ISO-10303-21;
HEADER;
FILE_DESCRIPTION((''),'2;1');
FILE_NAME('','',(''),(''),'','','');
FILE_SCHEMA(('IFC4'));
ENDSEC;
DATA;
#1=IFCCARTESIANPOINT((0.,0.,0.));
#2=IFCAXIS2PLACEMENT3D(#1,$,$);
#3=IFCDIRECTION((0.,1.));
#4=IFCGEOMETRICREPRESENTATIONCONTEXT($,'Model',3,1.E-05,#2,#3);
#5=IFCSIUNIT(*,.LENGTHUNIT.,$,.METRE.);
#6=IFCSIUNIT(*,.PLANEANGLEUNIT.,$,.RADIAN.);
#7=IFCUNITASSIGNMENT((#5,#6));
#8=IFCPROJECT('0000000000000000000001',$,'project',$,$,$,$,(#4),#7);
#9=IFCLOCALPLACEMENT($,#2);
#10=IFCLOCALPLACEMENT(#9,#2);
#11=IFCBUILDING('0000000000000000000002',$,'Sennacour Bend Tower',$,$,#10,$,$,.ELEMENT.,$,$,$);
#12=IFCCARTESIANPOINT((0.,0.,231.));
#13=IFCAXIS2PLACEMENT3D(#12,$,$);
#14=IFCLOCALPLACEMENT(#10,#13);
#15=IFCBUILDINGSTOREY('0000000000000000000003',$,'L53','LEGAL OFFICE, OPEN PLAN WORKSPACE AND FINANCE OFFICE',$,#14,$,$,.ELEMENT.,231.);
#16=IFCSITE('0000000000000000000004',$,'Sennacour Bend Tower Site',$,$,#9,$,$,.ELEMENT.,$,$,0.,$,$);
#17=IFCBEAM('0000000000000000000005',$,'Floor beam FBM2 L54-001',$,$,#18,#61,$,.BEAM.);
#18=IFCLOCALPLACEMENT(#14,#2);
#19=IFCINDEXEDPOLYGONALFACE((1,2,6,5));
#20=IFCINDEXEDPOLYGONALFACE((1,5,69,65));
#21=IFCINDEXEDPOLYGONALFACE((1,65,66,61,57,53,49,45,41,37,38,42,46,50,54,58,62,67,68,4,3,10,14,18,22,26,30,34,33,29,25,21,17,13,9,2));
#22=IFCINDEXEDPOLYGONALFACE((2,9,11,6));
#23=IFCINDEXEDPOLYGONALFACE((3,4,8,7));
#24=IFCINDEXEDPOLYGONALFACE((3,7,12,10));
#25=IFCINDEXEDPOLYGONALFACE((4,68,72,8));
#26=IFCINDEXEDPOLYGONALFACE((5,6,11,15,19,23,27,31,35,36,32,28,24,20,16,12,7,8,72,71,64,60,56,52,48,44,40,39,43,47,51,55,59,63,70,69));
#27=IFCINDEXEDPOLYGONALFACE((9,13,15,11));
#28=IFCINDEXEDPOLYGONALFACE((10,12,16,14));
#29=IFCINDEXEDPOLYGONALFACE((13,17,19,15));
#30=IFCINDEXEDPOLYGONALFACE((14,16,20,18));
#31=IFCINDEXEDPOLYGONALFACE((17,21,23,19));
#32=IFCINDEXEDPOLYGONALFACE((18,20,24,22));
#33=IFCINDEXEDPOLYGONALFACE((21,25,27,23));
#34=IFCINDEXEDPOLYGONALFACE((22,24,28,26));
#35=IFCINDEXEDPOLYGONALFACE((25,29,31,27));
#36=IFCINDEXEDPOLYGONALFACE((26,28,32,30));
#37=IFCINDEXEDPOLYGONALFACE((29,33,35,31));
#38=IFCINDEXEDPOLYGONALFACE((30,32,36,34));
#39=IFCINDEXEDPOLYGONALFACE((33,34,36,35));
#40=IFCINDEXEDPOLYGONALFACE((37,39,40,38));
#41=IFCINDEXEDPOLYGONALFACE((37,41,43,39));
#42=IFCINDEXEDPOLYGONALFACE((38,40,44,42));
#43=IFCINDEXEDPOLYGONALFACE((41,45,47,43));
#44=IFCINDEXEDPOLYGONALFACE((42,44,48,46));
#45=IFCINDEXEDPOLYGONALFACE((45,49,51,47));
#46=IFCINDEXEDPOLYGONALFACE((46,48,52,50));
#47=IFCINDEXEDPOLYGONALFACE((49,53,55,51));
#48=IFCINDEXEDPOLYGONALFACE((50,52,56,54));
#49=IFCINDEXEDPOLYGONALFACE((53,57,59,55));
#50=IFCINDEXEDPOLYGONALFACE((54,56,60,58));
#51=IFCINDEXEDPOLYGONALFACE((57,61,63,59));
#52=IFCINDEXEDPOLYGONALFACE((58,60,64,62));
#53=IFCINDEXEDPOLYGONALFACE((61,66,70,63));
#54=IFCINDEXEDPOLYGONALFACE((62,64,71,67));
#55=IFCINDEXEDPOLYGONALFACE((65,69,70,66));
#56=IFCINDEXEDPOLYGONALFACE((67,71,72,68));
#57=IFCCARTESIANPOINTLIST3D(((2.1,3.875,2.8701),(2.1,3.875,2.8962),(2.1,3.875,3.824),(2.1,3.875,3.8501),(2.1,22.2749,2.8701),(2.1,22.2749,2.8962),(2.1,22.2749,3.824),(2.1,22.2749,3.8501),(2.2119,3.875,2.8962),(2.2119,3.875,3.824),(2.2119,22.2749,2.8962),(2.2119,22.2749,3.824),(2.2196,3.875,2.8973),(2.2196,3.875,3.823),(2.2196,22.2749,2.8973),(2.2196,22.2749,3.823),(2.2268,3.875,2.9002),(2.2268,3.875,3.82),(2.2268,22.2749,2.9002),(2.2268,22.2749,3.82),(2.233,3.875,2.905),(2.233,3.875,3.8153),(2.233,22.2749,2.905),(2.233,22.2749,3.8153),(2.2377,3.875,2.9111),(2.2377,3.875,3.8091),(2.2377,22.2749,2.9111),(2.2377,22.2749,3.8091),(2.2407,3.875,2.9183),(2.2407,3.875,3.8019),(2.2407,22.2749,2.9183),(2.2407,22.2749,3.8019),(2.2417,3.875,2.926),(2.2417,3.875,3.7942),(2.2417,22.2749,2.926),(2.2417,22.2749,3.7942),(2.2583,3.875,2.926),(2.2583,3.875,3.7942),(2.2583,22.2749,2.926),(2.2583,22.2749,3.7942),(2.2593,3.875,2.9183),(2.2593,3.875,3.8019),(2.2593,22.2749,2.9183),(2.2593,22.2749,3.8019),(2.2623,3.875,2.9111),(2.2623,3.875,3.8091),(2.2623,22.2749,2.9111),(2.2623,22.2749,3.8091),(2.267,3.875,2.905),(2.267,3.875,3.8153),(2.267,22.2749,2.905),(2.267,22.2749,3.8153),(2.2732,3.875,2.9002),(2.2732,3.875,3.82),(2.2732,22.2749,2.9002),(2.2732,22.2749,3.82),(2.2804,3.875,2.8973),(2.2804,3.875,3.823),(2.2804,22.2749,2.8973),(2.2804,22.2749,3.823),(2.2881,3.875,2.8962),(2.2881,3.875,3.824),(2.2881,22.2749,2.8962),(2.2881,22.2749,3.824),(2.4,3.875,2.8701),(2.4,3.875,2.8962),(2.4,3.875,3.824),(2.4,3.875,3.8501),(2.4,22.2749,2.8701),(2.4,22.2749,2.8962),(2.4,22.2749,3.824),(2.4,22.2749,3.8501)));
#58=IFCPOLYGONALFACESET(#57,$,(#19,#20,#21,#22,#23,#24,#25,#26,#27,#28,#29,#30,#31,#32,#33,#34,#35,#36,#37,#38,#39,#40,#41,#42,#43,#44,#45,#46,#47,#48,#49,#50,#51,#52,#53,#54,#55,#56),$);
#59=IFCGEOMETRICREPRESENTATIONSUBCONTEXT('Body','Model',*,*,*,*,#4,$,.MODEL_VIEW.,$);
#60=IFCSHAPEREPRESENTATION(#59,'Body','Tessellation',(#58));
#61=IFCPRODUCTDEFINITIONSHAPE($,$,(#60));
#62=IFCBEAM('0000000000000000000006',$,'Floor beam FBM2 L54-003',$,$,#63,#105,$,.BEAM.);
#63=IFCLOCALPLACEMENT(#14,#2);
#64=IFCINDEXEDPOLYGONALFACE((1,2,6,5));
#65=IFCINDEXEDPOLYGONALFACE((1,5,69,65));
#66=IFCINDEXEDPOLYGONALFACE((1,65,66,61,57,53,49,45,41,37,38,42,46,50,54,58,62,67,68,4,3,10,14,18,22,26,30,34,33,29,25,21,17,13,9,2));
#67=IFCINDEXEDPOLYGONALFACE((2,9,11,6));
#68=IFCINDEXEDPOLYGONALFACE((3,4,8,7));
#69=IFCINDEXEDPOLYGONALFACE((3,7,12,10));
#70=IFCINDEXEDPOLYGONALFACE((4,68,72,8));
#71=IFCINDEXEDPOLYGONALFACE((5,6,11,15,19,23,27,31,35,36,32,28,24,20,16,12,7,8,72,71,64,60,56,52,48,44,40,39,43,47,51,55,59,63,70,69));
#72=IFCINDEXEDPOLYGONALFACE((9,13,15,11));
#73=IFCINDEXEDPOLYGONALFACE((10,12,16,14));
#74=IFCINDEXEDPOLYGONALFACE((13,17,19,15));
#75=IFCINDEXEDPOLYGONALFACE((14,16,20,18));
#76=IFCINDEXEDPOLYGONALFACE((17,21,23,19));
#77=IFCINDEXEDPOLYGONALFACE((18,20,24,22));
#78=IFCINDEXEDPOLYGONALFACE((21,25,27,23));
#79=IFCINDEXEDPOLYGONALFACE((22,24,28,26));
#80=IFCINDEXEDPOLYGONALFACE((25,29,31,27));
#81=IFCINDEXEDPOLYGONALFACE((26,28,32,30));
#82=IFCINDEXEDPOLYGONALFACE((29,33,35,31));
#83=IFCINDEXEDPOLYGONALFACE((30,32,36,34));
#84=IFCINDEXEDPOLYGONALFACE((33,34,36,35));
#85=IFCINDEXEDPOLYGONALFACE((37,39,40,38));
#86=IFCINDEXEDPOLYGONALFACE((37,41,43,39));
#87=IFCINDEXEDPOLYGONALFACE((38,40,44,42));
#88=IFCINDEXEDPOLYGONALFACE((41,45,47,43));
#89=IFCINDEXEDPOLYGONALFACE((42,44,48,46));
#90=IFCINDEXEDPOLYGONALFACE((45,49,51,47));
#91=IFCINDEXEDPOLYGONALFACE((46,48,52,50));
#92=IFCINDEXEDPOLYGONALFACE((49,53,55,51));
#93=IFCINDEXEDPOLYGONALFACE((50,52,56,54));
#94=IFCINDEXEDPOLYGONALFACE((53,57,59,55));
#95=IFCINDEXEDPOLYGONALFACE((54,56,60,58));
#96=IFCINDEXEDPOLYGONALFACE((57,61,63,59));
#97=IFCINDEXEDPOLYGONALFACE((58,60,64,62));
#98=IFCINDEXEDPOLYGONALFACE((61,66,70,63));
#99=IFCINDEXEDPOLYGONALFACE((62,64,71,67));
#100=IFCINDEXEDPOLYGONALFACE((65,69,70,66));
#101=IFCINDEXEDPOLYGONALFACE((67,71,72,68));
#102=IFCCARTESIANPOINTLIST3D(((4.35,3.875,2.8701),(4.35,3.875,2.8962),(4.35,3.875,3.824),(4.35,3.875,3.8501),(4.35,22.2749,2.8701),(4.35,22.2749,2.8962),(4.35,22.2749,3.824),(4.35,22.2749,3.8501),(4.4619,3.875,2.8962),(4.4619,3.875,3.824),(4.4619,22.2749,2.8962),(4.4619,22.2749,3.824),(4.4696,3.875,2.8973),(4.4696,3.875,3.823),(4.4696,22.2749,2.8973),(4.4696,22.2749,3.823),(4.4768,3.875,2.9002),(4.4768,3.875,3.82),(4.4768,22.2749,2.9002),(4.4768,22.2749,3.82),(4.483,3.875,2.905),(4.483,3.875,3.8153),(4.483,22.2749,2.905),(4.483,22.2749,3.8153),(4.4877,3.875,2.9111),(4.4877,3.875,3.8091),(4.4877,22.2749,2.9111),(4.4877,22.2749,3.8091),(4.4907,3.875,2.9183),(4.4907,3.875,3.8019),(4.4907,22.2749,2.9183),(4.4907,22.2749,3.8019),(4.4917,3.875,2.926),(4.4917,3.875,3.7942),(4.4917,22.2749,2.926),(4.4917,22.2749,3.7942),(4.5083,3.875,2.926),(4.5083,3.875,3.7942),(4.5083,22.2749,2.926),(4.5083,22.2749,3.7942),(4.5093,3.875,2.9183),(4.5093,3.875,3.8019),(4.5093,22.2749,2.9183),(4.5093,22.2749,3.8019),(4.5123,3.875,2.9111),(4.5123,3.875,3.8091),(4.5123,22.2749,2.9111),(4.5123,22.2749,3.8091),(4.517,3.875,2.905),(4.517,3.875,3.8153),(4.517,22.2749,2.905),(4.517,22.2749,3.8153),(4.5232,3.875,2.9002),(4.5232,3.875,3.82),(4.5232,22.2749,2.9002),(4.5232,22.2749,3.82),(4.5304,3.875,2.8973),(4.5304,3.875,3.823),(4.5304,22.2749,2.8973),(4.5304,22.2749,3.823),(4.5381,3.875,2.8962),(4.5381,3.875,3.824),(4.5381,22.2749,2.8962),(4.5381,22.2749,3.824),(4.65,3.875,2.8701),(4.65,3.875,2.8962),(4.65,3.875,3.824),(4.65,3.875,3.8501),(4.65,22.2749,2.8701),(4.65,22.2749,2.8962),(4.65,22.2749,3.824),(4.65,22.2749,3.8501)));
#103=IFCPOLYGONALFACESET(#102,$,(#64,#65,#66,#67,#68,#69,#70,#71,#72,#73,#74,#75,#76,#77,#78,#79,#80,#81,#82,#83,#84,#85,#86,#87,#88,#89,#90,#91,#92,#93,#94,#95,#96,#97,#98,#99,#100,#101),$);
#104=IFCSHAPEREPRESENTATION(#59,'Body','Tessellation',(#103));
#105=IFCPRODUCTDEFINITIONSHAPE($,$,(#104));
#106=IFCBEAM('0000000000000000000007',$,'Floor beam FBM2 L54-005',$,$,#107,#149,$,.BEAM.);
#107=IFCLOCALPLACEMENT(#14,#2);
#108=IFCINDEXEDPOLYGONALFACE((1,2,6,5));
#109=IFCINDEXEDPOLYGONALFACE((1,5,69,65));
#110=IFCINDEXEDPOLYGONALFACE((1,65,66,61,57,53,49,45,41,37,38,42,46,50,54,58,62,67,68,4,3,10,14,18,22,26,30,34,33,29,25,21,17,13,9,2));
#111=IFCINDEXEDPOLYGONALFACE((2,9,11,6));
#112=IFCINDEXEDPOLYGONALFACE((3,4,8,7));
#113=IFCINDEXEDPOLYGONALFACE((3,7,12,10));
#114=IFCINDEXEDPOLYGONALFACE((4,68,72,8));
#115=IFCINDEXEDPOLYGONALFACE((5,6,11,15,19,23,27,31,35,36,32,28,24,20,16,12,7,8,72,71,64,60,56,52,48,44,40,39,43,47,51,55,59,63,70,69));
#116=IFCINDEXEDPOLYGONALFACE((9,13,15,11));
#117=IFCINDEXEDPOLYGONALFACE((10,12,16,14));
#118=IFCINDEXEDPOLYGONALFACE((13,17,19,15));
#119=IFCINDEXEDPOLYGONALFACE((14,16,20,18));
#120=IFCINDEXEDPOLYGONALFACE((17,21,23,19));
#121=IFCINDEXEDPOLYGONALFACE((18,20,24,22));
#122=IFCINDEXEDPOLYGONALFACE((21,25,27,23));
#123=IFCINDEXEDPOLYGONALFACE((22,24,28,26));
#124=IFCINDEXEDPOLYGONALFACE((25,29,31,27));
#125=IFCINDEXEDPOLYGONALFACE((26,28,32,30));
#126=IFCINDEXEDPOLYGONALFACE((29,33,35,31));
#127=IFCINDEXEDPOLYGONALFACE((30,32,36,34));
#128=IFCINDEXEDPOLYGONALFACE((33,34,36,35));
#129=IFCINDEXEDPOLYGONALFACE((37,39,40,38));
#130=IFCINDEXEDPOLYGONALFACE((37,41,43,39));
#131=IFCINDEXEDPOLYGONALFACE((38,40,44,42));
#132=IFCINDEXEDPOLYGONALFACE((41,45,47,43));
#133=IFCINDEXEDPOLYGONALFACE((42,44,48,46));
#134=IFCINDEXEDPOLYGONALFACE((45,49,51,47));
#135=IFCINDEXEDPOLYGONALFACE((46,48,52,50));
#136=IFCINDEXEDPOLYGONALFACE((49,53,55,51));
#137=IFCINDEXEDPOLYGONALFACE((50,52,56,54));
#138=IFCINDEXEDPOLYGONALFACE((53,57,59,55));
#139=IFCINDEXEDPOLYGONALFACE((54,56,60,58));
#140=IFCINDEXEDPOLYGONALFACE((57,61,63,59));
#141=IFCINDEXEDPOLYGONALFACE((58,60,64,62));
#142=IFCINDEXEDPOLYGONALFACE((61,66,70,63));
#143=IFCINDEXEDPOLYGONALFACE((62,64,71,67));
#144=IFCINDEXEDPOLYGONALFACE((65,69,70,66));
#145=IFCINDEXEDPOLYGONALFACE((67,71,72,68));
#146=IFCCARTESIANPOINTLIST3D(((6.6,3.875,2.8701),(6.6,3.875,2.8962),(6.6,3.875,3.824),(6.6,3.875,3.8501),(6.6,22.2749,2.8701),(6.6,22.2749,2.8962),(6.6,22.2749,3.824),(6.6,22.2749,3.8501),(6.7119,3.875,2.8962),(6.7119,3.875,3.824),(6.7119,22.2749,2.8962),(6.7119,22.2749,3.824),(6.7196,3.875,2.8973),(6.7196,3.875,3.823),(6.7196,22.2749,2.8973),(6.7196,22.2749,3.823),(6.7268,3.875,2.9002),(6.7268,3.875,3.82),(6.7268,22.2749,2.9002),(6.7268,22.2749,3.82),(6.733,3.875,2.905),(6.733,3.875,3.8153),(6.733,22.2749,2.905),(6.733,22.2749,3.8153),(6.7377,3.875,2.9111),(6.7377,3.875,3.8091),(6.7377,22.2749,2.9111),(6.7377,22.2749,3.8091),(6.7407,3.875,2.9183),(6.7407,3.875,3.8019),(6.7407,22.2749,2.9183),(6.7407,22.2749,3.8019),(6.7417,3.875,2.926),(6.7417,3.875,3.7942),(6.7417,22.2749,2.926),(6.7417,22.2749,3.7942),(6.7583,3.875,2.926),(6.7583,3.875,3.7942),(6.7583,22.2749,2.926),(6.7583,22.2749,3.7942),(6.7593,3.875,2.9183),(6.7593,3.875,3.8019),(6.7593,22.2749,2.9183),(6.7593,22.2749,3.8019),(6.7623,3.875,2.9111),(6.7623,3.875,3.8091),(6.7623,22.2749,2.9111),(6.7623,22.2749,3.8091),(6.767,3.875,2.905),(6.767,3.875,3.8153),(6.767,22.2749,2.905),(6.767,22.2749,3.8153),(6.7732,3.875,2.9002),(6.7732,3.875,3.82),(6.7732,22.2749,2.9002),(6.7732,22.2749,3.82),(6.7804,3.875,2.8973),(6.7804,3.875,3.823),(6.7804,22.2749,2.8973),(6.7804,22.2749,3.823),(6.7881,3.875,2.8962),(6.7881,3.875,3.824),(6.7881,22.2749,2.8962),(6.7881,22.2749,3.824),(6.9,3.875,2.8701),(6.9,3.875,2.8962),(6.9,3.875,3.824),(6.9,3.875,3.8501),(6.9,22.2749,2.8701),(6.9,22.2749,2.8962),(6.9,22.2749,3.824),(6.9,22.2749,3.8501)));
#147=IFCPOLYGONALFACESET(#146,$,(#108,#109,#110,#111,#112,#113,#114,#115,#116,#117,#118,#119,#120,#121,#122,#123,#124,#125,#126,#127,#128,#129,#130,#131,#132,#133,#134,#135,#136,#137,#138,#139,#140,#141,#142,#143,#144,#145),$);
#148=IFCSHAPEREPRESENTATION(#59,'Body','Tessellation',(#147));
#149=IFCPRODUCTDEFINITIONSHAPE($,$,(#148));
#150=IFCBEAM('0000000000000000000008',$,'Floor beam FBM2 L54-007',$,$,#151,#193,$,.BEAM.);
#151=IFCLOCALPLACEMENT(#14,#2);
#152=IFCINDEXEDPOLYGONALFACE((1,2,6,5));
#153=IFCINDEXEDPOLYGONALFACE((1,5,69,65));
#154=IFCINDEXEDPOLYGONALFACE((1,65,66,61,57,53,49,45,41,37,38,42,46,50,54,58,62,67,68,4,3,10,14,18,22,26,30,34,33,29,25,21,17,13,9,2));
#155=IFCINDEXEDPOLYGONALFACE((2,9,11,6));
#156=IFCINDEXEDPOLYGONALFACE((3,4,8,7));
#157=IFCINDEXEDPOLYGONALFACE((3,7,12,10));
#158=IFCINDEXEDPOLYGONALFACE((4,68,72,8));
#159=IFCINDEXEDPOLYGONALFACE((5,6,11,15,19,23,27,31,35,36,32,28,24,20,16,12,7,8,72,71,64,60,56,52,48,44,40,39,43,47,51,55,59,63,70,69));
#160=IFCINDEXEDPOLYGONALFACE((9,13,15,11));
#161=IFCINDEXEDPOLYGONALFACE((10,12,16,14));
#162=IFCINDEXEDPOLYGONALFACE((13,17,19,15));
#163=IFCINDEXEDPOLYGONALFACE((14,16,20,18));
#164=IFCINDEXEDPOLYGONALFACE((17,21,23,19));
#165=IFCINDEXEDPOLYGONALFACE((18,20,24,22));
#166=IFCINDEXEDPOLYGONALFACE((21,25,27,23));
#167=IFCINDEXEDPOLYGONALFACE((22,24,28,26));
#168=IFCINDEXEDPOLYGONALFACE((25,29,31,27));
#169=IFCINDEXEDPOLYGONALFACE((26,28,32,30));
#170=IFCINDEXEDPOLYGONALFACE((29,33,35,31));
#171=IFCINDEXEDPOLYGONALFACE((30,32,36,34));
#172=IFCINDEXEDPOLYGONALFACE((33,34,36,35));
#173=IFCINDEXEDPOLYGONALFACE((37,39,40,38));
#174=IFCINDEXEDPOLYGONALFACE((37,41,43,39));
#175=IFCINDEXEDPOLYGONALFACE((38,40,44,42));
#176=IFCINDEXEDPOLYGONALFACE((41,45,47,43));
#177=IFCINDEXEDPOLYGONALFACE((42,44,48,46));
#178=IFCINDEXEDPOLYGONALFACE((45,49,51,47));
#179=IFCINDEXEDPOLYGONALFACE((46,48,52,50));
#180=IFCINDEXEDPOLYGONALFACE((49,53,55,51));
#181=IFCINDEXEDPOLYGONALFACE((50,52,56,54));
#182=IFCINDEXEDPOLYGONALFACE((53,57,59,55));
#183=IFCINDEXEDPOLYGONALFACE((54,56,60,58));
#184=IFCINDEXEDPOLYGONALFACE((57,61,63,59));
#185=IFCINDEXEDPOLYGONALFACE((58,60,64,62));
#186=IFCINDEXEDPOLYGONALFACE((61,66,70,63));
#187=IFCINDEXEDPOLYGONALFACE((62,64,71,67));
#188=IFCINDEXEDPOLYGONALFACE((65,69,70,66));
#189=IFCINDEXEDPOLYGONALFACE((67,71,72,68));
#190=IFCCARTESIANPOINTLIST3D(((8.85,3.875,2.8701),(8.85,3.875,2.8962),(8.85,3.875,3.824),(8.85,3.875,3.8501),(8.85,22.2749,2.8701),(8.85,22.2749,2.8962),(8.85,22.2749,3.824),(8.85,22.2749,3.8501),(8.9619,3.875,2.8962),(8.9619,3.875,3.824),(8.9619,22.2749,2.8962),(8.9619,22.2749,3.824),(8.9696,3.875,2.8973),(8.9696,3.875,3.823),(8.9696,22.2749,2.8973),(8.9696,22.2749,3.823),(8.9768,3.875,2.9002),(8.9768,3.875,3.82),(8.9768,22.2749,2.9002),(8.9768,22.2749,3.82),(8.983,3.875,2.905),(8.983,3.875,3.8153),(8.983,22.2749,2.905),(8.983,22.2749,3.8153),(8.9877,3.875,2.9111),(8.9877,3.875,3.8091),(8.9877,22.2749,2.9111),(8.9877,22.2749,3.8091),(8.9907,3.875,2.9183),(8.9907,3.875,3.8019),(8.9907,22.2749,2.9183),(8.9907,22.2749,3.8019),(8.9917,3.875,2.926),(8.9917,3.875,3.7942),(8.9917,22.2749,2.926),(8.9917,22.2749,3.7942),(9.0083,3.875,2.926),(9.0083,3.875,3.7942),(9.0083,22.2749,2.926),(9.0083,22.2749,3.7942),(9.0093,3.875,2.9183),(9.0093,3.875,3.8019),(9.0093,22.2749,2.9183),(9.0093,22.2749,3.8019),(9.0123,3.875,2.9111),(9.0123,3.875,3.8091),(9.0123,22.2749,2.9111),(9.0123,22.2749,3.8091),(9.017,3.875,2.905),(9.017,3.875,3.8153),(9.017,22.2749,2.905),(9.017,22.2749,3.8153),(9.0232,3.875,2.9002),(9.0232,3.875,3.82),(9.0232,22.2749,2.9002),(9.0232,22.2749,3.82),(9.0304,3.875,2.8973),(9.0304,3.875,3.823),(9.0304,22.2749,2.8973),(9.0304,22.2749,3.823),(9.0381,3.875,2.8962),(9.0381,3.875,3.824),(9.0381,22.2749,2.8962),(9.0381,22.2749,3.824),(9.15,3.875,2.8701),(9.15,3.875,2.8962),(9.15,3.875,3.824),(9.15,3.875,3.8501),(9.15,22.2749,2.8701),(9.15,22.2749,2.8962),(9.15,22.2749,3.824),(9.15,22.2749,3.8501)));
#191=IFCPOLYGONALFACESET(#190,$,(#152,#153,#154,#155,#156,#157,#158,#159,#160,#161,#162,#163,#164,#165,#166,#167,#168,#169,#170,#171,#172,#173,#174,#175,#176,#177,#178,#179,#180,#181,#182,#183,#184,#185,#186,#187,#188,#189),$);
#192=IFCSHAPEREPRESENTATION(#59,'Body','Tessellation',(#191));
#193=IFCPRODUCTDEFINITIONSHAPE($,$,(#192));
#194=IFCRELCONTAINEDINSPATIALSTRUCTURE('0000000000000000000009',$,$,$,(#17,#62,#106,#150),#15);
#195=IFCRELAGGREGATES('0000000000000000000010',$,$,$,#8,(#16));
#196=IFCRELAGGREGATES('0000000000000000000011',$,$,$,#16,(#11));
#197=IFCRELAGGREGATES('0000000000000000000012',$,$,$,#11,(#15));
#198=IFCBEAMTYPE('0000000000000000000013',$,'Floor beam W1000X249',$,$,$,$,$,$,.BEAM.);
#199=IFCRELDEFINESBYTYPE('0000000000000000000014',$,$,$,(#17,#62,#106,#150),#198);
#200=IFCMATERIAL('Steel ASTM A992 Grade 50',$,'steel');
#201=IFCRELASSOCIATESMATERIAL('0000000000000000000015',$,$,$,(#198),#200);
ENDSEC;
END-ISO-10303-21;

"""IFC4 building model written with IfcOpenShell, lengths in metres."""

from ifc_helpers import new_model, si_unit, direction, frame, origin, origin_2d, place, context, subcontext, project, spatial, i_section, extrude, material, material_profile, profile_set, type_object, element, save


model = new_model("IFC4")

# Units and contexts
model_context = context("Model", 3, precision=1e-05, world=origin(), true_north=direction((0.0, 1.0)))
body_context = subcontext(model_context, "Body", "Model", "MODEL_VIEW")
ifc_project = project(units=[si_unit("LENGTHUNIT", "METRE"), si_unit("PLANEANGLEUNIT", "RADIAN")], contexts=[model_context])

# Site, building, storey
site_placement = place(None, origin())
site = spatial("IfcSite", under=ifc_project, at=site_placement, Name="Sennacour Bend Tower Site", CompositionType="ELEMENT", RefElevation=0.0)
building_placement = place(site_placement, origin())
building = spatial("IfcBuilding", under=site, at=building_placement, Name="Sennacour Bend Tower", CompositionType="ELEMENT")
storey_placement = place(building_placement, frame((0.0, 0.0, 231.0)))
storey = spatial("IfcBuildingStorey", under=building, at=storey_placement, Name="L53", Description="LEGAL OFFICE, OPEN PLAN WORKSPACE AND FINANCE OFFICE", CompositionType="ELEMENT", Elevation=231.0)

# Beams
ifc_material_1 = material(Name="Steel ASTM A992 Grade 50", Category="steel")
ifc_material_profile = material_profile(ifc_material_1, i_section(OverallWidth=0.3, OverallDepth=0.98, WebThickness=0.0166, FlangeThickness=0.0261, FilletRadius=0.0298, at=origin_2d()), Name="Steel ASTM A992 Grade 50", Category="steel")
ifc_profile_set = profile_set([ifc_material_profile], Name="Steel ASTM A992 Grade 50")
beam_type = type_object("IfcBeamType", Name="Floor beam W1000X249", PredefinedType="BEAM", material=ifc_profile_set)
for number, where, z_axis, x_axis, name in (
    (1, (2.25, 3.875, 3.3601), (0.0, 1.0, 0.0), (-1.0, 0.0, 0.0), "Floor beam FBM2 L54-001"),
    (2, (4.5, 3.875, 3.3601), (0.0, 1.0, 0.0), (-1.0, 0.0, 0.0), "Floor beam FBM2 L54-003"),
    (3, (6.75, 3.875, 3.3601), (0.0, 1.0, 0.0), (-1.0, 0.0, 0.0), "Floor beam FBM2 L54-005"),
    (4, (9.0, 3.875, 3.3601), (0.0, 1.0, 0.0), (-1.0, 0.0, 0.0), "Floor beam FBM2 L54-007"),
):
    element("IfcBeam", number, at=place(storey_placement, frame(where, z_axis=z_axis, x_axis=x_axis)), inside=storey, type_object=beam_type, Name=name, PredefinedType="BEAM", context=body_context, shape_type="SweptSolid", body=[
        extrude(i_section(OverallWidth=0.3, OverallDepth=0.98, WebThickness=0.0166, FlangeThickness=0.0261, FilletRadius=0.0298, at=origin_2d()), origin(), (0.0, 0.0, 1.0), 18.3999),
    ])

save(model, "model.ifc")
